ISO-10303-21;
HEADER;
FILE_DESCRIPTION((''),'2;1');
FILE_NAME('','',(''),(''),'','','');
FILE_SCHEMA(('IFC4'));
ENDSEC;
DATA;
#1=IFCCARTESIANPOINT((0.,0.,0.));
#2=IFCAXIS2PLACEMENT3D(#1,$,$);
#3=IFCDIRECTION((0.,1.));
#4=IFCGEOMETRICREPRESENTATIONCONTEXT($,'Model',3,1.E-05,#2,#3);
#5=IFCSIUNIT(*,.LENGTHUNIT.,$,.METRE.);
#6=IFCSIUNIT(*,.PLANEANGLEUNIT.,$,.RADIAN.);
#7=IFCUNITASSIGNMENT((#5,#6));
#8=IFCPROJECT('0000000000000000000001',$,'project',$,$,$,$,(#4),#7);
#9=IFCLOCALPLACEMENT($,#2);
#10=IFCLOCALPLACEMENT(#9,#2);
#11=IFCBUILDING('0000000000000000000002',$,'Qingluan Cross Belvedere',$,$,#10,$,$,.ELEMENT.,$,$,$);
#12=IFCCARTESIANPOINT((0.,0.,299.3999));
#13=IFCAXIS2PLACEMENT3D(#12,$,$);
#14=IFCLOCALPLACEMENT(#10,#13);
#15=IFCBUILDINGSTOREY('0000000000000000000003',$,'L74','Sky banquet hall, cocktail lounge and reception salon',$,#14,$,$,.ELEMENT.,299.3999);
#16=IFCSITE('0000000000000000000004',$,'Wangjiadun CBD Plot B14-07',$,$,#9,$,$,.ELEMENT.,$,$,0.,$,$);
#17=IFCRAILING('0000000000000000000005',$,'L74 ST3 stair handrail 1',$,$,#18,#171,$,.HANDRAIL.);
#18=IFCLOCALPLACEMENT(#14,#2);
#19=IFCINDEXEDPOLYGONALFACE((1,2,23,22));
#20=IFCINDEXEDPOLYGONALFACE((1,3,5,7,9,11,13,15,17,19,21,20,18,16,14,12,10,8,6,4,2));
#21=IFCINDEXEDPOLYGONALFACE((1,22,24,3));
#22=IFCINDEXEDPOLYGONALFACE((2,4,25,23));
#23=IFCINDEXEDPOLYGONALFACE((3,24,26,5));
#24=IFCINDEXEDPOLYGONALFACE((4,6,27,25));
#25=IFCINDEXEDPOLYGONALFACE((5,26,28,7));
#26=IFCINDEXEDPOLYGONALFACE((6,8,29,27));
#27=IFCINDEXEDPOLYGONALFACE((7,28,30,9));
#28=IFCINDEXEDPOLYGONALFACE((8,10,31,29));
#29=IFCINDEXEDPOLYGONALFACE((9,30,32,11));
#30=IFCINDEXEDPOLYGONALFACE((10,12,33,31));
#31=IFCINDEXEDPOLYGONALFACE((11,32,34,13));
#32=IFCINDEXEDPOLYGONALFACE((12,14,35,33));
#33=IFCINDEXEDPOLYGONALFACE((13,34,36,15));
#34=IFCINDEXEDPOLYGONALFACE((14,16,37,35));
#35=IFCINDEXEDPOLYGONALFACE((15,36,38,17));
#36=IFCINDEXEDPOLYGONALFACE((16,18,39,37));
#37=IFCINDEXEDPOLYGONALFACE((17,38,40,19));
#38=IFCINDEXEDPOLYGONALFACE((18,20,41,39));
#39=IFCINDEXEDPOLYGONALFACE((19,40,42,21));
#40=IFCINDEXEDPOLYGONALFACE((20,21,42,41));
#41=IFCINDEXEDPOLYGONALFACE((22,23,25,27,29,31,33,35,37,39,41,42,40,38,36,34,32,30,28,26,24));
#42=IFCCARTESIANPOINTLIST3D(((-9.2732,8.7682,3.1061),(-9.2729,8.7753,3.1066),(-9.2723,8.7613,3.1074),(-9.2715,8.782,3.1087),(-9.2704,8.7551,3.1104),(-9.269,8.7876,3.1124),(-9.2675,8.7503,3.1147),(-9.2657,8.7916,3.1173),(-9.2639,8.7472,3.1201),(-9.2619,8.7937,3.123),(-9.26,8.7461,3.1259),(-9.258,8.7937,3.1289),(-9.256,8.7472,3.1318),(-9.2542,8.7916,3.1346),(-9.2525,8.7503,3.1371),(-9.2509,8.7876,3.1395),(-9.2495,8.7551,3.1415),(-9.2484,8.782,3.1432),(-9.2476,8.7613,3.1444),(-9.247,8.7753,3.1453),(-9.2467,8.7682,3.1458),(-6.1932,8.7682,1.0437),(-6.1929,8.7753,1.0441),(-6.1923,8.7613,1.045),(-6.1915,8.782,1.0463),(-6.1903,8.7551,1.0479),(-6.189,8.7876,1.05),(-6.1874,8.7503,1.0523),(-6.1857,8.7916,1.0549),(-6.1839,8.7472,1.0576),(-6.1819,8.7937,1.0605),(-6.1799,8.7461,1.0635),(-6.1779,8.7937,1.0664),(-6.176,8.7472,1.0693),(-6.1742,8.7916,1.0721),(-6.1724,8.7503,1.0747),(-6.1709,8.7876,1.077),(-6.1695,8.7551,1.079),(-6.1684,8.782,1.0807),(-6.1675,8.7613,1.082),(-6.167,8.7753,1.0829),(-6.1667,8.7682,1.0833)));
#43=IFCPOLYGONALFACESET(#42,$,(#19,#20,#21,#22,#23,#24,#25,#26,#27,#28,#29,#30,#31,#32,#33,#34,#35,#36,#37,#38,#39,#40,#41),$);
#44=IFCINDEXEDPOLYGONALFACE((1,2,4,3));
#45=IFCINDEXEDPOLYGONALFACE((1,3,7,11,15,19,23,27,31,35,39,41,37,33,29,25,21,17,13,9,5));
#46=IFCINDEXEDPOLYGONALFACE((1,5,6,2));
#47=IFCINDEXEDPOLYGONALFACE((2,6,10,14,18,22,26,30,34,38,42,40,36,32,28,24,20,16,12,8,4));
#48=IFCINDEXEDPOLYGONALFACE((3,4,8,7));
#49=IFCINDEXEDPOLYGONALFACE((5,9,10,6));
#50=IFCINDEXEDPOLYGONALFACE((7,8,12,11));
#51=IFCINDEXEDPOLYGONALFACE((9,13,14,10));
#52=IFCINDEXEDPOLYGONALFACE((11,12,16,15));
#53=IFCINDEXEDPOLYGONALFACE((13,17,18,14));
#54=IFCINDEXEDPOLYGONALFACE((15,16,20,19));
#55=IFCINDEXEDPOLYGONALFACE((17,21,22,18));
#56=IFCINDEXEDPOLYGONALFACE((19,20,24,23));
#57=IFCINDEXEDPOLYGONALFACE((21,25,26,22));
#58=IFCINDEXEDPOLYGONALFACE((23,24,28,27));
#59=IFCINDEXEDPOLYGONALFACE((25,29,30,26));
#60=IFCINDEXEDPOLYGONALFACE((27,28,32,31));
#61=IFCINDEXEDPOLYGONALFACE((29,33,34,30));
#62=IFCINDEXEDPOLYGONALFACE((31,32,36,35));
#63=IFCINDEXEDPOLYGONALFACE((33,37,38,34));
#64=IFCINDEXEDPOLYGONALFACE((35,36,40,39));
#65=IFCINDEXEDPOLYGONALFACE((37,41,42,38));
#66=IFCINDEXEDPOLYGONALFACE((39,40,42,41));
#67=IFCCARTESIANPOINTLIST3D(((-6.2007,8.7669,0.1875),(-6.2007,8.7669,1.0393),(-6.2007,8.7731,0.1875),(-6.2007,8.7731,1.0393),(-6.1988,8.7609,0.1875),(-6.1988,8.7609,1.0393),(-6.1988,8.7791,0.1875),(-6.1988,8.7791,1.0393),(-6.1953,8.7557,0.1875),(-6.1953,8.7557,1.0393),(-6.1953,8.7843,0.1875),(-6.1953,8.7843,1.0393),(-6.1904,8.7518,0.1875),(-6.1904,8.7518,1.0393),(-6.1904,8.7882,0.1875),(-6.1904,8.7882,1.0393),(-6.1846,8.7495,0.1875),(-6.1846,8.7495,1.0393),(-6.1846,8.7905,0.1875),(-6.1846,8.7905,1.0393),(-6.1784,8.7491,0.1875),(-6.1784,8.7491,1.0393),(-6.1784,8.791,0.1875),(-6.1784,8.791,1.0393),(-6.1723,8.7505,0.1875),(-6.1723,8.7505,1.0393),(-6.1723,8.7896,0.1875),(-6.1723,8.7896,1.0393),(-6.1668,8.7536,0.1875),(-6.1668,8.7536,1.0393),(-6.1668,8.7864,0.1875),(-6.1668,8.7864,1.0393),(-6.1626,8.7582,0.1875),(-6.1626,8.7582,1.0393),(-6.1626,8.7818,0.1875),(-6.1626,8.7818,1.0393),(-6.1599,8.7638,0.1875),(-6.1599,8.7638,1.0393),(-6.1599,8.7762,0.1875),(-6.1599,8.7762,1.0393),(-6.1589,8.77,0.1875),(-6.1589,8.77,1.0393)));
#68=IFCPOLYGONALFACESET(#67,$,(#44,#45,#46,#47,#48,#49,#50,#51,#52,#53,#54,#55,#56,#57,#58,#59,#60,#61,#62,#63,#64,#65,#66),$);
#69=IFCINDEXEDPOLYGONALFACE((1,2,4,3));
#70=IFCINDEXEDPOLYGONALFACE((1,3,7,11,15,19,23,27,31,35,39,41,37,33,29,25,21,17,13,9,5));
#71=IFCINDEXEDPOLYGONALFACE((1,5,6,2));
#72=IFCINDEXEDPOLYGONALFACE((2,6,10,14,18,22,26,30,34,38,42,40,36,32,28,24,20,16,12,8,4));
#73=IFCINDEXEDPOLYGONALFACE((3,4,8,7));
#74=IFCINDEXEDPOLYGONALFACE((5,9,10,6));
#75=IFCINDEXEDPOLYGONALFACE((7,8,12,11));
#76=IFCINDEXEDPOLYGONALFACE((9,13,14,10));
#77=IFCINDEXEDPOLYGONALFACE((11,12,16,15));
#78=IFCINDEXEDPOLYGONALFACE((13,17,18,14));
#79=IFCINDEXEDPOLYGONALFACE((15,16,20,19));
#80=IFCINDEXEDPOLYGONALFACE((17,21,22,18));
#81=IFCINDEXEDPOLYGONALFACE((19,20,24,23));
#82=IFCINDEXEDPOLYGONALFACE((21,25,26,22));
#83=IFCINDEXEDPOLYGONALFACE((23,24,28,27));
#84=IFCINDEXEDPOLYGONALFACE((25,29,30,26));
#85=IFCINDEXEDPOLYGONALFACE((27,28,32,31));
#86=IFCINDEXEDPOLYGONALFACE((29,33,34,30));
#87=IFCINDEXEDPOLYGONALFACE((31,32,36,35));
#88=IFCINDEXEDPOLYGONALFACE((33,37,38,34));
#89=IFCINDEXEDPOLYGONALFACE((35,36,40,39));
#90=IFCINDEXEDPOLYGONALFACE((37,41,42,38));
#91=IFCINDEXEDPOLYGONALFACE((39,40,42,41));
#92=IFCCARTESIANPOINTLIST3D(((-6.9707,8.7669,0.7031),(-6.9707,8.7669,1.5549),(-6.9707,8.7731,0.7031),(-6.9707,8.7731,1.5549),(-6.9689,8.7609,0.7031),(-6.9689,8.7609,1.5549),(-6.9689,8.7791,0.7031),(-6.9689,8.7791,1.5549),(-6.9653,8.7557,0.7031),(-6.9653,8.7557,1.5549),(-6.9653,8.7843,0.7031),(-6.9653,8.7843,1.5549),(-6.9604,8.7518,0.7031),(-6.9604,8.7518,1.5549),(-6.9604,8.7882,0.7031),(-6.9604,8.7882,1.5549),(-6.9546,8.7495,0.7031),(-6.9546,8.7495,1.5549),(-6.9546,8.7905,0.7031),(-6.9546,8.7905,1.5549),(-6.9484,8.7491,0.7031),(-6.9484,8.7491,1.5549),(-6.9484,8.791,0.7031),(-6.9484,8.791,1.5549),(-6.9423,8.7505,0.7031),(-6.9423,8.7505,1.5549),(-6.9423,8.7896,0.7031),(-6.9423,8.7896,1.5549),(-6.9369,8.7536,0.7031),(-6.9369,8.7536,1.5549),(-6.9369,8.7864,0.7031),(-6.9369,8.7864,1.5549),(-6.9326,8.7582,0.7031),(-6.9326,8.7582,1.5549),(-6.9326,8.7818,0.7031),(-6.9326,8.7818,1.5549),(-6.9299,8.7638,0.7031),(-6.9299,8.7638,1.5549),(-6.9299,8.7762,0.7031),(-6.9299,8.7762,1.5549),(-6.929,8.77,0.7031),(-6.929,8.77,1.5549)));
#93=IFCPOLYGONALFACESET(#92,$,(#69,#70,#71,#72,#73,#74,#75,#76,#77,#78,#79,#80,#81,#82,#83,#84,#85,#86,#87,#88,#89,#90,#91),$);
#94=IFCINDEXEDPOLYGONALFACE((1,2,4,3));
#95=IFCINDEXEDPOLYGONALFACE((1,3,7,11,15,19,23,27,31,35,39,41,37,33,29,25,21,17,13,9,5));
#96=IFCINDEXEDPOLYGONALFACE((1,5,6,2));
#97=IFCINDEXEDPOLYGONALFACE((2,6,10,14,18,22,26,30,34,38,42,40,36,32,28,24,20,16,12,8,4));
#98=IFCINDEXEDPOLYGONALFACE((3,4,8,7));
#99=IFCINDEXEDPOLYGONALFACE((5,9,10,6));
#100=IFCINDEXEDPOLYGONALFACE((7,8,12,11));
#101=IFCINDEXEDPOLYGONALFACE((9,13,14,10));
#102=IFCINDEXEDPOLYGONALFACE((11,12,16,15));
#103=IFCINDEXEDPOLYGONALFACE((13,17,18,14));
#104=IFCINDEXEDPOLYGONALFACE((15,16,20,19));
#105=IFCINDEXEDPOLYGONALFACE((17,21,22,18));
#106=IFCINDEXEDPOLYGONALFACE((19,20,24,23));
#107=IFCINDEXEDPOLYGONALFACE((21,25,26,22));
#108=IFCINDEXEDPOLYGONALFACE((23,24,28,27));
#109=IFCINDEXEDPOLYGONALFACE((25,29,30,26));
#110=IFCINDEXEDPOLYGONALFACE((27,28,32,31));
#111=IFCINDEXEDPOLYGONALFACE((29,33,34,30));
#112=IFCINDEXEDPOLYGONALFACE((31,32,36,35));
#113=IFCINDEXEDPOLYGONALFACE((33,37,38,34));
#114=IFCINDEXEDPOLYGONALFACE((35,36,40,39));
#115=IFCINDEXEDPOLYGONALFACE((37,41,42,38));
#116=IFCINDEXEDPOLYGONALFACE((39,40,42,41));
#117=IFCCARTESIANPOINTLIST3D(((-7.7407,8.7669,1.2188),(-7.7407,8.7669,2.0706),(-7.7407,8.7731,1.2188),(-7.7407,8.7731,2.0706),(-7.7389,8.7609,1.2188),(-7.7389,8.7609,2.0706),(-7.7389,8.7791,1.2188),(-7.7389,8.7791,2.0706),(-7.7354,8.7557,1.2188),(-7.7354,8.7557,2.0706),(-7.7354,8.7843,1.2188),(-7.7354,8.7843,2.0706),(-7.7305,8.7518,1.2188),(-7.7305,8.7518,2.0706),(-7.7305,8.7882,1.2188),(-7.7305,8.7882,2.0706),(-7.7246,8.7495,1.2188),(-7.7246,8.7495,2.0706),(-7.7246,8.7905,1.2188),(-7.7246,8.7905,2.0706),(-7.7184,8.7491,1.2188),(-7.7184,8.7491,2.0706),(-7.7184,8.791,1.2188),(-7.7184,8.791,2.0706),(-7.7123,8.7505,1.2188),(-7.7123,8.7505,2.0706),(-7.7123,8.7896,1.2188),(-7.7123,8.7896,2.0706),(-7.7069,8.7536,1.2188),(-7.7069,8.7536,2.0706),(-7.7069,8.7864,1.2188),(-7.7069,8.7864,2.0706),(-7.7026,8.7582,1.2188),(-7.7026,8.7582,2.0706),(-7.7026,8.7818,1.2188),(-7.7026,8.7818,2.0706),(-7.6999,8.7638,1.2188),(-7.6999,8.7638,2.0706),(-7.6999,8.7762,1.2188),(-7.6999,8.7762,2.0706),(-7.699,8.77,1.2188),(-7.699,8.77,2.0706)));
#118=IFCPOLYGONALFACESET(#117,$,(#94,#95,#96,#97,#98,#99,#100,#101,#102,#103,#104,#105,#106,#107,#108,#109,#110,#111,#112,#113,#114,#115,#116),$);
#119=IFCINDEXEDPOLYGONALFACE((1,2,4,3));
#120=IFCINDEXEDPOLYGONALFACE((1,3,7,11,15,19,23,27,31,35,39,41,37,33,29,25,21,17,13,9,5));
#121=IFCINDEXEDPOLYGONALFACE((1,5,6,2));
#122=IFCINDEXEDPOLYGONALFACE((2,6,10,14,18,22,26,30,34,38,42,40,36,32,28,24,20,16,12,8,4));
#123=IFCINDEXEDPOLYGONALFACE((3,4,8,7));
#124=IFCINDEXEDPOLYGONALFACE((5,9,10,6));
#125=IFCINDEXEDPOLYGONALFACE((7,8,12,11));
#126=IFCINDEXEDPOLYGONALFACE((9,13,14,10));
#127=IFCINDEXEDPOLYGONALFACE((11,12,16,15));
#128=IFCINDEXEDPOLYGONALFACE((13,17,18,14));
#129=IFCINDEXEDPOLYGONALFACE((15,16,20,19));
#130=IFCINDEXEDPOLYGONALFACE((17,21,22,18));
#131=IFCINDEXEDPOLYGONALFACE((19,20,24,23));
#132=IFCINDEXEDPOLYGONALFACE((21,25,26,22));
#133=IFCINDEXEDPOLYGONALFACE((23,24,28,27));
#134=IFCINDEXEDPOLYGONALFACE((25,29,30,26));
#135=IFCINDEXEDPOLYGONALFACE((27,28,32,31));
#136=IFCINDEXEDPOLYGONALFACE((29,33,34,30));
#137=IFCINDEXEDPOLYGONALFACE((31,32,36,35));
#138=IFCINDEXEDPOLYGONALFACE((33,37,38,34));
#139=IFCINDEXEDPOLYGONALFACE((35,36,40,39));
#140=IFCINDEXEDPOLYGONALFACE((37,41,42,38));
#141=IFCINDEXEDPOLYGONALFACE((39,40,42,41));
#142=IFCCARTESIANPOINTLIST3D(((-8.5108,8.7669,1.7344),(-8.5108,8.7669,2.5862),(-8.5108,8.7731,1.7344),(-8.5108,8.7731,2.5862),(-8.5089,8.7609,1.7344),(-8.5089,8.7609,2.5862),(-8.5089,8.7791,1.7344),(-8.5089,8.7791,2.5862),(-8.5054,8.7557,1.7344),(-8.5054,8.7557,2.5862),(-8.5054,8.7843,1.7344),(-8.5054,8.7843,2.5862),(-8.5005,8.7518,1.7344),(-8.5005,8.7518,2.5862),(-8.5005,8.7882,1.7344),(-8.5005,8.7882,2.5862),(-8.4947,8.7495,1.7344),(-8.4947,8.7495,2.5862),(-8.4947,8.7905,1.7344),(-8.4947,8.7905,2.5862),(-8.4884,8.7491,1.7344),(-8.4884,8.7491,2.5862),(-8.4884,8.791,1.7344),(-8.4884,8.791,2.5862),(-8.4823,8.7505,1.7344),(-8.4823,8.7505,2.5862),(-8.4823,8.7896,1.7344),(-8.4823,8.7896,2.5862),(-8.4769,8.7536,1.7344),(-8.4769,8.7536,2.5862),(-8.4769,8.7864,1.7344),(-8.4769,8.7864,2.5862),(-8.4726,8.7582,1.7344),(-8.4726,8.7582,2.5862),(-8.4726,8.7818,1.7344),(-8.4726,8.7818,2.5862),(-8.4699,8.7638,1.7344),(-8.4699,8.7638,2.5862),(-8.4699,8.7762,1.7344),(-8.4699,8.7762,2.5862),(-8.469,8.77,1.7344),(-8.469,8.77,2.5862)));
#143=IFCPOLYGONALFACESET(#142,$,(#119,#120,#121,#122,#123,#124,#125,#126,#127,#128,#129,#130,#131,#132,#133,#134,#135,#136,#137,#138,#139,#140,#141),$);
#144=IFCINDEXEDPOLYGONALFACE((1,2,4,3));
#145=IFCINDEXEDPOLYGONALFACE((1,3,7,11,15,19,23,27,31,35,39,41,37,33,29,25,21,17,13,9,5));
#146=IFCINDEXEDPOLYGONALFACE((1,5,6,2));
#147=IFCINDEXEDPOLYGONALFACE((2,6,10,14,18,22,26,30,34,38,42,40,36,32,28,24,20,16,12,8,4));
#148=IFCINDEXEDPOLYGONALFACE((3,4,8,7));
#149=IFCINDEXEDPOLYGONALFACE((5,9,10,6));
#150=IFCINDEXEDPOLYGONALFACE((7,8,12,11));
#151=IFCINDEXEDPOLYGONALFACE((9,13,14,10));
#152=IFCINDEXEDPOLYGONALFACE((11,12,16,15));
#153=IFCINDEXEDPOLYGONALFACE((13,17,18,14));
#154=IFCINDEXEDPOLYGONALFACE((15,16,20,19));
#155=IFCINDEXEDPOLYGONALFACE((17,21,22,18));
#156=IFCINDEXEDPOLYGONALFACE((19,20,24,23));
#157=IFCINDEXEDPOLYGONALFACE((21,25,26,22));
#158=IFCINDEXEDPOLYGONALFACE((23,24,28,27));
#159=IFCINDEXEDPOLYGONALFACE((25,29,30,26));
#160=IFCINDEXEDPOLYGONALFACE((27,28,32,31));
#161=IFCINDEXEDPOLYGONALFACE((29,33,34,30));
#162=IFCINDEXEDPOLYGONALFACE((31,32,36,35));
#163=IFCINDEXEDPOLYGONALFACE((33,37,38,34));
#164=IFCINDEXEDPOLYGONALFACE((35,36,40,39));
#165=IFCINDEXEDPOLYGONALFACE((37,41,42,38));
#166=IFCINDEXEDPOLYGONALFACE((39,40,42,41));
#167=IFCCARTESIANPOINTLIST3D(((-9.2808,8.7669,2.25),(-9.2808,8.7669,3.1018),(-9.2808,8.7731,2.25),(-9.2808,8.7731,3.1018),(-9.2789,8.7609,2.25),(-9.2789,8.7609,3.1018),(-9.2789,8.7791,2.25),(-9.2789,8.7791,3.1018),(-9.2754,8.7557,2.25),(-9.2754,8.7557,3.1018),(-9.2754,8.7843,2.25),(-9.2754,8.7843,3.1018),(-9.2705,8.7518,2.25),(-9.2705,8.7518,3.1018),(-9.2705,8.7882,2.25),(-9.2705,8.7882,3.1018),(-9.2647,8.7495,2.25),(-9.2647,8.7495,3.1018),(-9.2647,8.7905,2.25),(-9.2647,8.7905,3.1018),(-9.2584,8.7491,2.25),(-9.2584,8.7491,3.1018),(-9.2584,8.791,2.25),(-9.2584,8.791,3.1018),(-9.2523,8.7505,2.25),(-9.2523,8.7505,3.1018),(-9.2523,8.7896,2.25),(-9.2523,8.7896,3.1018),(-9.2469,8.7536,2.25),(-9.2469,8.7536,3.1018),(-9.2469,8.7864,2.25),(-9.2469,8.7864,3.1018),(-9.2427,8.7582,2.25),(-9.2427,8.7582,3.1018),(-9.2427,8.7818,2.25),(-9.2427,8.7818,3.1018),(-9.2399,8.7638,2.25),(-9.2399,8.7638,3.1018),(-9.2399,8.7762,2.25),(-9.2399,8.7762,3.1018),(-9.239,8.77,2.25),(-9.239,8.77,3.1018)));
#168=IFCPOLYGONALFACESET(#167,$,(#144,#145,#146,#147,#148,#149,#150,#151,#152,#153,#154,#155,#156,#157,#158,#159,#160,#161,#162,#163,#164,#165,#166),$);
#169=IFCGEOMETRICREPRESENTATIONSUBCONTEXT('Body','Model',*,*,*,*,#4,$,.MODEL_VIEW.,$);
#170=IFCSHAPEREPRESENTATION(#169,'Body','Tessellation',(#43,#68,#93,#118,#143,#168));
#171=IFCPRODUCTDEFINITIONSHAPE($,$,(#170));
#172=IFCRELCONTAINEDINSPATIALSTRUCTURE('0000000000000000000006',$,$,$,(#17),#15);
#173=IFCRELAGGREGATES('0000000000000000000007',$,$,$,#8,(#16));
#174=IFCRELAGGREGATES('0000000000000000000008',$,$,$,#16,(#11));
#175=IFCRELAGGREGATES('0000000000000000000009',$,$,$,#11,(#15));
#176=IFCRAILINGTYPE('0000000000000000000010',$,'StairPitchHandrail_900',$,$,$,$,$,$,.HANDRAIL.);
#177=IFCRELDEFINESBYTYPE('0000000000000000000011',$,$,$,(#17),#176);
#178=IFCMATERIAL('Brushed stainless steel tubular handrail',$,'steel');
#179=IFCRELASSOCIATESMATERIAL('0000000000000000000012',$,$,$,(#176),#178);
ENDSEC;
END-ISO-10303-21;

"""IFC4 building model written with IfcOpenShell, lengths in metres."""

from ifc_helpers import new_model, si_unit, direction, frame, origin, origin_2d, place, context, subcontext, project, spatial, circle, extrude, material, type_object, element, save


model = new_model("IFC4")

# Units and contexts
model_context = context("Model", 3, precision=1e-05, world=origin(), true_north=direction((0.0, 1.0)))
body_context = subcontext(model_context, "Body", "Model", "MODEL_VIEW")
ifc_project = project(units=[si_unit("LENGTHUNIT", "METRE"), si_unit("PLANEANGLEUNIT", "RADIAN")], contexts=[model_context])

# Site, building, storey
site_placement = place(None, origin())
site = spatial("IfcSite", under=ifc_project, at=site_placement, Name="Wangjiadun CBD Plot B14-07", CompositionType="ELEMENT", RefElevation=0.0)
building_placement = place(site_placement, origin())
building = spatial("IfcBuilding", under=site, at=building_placement, Name="Qingluan Cross Belvedere", CompositionType="ELEMENT")
storey_placement = place(building_placement, frame((0.0, 0.0, 299.3999)))
storey = spatial("IfcBuildingStorey", under=building, at=storey_placement, Name="L74", Description="Sky banquet hall, cocktail lounge and reception salon", CompositionType="ELEMENT", Elevation=299.3999)

# Railing
ifc_material_1 = material(Name="Brushed stainless steel tubular handrail", Category="steel")
railing_type_1 = type_object("IfcRailingType", Name="StairPitchHandrail_900", PredefinedType="HANDRAIL", material=ifc_material_1)
railing_1_placement = place(storey_placement, frame((-6.1799, 8.77, 0.1875)))
element("IfcRailing", 1, at=railing_1_placement, inside=storey, type_object=railing_type_1, Name="L74 ST3 stair handrail 1", PredefinedType="HANDRAIL", context=body_context, shape_type="SweptSolid", body=[
    extrude(circle(Radius=0.0239, at=origin_2d()), frame((0.0, 0.0, 0.876), z_axis=(-0.830914, 0.0, 0.556401), x_axis=(0.0, -1.0, 0.0)), (0.0, 0.0, 1.0), 3.7068),
    extrude(circle(Radius=0.021, at=origin_2d()), origin(), (0.0, 0.0, 1.0), 0.8518),
    extrude(circle(Radius=0.021, at=origin_2d()), frame((-0.77, 0.0, 0.5156)), (0.0, 0.0, 1.0), 0.8518),
    extrude(circle(Radius=0.021, at=origin_2d()), frame((-1.54, 0.0, 1.0312)), (0.0, 0.0, 1.0), 0.8518),
    extrude(circle(Radius=0.021, at=origin_2d()), frame((-2.3101, 0.0, 1.5469)), (0.0, 0.0, 1.0), 0.8518),
    extrude(circle(Radius=0.021, at=origin_2d()), frame((-3.0801, 0.0, 2.0625)), (0.0, 0.0, 1.0), 0.8518),
])

save(model, "model.ifc")
